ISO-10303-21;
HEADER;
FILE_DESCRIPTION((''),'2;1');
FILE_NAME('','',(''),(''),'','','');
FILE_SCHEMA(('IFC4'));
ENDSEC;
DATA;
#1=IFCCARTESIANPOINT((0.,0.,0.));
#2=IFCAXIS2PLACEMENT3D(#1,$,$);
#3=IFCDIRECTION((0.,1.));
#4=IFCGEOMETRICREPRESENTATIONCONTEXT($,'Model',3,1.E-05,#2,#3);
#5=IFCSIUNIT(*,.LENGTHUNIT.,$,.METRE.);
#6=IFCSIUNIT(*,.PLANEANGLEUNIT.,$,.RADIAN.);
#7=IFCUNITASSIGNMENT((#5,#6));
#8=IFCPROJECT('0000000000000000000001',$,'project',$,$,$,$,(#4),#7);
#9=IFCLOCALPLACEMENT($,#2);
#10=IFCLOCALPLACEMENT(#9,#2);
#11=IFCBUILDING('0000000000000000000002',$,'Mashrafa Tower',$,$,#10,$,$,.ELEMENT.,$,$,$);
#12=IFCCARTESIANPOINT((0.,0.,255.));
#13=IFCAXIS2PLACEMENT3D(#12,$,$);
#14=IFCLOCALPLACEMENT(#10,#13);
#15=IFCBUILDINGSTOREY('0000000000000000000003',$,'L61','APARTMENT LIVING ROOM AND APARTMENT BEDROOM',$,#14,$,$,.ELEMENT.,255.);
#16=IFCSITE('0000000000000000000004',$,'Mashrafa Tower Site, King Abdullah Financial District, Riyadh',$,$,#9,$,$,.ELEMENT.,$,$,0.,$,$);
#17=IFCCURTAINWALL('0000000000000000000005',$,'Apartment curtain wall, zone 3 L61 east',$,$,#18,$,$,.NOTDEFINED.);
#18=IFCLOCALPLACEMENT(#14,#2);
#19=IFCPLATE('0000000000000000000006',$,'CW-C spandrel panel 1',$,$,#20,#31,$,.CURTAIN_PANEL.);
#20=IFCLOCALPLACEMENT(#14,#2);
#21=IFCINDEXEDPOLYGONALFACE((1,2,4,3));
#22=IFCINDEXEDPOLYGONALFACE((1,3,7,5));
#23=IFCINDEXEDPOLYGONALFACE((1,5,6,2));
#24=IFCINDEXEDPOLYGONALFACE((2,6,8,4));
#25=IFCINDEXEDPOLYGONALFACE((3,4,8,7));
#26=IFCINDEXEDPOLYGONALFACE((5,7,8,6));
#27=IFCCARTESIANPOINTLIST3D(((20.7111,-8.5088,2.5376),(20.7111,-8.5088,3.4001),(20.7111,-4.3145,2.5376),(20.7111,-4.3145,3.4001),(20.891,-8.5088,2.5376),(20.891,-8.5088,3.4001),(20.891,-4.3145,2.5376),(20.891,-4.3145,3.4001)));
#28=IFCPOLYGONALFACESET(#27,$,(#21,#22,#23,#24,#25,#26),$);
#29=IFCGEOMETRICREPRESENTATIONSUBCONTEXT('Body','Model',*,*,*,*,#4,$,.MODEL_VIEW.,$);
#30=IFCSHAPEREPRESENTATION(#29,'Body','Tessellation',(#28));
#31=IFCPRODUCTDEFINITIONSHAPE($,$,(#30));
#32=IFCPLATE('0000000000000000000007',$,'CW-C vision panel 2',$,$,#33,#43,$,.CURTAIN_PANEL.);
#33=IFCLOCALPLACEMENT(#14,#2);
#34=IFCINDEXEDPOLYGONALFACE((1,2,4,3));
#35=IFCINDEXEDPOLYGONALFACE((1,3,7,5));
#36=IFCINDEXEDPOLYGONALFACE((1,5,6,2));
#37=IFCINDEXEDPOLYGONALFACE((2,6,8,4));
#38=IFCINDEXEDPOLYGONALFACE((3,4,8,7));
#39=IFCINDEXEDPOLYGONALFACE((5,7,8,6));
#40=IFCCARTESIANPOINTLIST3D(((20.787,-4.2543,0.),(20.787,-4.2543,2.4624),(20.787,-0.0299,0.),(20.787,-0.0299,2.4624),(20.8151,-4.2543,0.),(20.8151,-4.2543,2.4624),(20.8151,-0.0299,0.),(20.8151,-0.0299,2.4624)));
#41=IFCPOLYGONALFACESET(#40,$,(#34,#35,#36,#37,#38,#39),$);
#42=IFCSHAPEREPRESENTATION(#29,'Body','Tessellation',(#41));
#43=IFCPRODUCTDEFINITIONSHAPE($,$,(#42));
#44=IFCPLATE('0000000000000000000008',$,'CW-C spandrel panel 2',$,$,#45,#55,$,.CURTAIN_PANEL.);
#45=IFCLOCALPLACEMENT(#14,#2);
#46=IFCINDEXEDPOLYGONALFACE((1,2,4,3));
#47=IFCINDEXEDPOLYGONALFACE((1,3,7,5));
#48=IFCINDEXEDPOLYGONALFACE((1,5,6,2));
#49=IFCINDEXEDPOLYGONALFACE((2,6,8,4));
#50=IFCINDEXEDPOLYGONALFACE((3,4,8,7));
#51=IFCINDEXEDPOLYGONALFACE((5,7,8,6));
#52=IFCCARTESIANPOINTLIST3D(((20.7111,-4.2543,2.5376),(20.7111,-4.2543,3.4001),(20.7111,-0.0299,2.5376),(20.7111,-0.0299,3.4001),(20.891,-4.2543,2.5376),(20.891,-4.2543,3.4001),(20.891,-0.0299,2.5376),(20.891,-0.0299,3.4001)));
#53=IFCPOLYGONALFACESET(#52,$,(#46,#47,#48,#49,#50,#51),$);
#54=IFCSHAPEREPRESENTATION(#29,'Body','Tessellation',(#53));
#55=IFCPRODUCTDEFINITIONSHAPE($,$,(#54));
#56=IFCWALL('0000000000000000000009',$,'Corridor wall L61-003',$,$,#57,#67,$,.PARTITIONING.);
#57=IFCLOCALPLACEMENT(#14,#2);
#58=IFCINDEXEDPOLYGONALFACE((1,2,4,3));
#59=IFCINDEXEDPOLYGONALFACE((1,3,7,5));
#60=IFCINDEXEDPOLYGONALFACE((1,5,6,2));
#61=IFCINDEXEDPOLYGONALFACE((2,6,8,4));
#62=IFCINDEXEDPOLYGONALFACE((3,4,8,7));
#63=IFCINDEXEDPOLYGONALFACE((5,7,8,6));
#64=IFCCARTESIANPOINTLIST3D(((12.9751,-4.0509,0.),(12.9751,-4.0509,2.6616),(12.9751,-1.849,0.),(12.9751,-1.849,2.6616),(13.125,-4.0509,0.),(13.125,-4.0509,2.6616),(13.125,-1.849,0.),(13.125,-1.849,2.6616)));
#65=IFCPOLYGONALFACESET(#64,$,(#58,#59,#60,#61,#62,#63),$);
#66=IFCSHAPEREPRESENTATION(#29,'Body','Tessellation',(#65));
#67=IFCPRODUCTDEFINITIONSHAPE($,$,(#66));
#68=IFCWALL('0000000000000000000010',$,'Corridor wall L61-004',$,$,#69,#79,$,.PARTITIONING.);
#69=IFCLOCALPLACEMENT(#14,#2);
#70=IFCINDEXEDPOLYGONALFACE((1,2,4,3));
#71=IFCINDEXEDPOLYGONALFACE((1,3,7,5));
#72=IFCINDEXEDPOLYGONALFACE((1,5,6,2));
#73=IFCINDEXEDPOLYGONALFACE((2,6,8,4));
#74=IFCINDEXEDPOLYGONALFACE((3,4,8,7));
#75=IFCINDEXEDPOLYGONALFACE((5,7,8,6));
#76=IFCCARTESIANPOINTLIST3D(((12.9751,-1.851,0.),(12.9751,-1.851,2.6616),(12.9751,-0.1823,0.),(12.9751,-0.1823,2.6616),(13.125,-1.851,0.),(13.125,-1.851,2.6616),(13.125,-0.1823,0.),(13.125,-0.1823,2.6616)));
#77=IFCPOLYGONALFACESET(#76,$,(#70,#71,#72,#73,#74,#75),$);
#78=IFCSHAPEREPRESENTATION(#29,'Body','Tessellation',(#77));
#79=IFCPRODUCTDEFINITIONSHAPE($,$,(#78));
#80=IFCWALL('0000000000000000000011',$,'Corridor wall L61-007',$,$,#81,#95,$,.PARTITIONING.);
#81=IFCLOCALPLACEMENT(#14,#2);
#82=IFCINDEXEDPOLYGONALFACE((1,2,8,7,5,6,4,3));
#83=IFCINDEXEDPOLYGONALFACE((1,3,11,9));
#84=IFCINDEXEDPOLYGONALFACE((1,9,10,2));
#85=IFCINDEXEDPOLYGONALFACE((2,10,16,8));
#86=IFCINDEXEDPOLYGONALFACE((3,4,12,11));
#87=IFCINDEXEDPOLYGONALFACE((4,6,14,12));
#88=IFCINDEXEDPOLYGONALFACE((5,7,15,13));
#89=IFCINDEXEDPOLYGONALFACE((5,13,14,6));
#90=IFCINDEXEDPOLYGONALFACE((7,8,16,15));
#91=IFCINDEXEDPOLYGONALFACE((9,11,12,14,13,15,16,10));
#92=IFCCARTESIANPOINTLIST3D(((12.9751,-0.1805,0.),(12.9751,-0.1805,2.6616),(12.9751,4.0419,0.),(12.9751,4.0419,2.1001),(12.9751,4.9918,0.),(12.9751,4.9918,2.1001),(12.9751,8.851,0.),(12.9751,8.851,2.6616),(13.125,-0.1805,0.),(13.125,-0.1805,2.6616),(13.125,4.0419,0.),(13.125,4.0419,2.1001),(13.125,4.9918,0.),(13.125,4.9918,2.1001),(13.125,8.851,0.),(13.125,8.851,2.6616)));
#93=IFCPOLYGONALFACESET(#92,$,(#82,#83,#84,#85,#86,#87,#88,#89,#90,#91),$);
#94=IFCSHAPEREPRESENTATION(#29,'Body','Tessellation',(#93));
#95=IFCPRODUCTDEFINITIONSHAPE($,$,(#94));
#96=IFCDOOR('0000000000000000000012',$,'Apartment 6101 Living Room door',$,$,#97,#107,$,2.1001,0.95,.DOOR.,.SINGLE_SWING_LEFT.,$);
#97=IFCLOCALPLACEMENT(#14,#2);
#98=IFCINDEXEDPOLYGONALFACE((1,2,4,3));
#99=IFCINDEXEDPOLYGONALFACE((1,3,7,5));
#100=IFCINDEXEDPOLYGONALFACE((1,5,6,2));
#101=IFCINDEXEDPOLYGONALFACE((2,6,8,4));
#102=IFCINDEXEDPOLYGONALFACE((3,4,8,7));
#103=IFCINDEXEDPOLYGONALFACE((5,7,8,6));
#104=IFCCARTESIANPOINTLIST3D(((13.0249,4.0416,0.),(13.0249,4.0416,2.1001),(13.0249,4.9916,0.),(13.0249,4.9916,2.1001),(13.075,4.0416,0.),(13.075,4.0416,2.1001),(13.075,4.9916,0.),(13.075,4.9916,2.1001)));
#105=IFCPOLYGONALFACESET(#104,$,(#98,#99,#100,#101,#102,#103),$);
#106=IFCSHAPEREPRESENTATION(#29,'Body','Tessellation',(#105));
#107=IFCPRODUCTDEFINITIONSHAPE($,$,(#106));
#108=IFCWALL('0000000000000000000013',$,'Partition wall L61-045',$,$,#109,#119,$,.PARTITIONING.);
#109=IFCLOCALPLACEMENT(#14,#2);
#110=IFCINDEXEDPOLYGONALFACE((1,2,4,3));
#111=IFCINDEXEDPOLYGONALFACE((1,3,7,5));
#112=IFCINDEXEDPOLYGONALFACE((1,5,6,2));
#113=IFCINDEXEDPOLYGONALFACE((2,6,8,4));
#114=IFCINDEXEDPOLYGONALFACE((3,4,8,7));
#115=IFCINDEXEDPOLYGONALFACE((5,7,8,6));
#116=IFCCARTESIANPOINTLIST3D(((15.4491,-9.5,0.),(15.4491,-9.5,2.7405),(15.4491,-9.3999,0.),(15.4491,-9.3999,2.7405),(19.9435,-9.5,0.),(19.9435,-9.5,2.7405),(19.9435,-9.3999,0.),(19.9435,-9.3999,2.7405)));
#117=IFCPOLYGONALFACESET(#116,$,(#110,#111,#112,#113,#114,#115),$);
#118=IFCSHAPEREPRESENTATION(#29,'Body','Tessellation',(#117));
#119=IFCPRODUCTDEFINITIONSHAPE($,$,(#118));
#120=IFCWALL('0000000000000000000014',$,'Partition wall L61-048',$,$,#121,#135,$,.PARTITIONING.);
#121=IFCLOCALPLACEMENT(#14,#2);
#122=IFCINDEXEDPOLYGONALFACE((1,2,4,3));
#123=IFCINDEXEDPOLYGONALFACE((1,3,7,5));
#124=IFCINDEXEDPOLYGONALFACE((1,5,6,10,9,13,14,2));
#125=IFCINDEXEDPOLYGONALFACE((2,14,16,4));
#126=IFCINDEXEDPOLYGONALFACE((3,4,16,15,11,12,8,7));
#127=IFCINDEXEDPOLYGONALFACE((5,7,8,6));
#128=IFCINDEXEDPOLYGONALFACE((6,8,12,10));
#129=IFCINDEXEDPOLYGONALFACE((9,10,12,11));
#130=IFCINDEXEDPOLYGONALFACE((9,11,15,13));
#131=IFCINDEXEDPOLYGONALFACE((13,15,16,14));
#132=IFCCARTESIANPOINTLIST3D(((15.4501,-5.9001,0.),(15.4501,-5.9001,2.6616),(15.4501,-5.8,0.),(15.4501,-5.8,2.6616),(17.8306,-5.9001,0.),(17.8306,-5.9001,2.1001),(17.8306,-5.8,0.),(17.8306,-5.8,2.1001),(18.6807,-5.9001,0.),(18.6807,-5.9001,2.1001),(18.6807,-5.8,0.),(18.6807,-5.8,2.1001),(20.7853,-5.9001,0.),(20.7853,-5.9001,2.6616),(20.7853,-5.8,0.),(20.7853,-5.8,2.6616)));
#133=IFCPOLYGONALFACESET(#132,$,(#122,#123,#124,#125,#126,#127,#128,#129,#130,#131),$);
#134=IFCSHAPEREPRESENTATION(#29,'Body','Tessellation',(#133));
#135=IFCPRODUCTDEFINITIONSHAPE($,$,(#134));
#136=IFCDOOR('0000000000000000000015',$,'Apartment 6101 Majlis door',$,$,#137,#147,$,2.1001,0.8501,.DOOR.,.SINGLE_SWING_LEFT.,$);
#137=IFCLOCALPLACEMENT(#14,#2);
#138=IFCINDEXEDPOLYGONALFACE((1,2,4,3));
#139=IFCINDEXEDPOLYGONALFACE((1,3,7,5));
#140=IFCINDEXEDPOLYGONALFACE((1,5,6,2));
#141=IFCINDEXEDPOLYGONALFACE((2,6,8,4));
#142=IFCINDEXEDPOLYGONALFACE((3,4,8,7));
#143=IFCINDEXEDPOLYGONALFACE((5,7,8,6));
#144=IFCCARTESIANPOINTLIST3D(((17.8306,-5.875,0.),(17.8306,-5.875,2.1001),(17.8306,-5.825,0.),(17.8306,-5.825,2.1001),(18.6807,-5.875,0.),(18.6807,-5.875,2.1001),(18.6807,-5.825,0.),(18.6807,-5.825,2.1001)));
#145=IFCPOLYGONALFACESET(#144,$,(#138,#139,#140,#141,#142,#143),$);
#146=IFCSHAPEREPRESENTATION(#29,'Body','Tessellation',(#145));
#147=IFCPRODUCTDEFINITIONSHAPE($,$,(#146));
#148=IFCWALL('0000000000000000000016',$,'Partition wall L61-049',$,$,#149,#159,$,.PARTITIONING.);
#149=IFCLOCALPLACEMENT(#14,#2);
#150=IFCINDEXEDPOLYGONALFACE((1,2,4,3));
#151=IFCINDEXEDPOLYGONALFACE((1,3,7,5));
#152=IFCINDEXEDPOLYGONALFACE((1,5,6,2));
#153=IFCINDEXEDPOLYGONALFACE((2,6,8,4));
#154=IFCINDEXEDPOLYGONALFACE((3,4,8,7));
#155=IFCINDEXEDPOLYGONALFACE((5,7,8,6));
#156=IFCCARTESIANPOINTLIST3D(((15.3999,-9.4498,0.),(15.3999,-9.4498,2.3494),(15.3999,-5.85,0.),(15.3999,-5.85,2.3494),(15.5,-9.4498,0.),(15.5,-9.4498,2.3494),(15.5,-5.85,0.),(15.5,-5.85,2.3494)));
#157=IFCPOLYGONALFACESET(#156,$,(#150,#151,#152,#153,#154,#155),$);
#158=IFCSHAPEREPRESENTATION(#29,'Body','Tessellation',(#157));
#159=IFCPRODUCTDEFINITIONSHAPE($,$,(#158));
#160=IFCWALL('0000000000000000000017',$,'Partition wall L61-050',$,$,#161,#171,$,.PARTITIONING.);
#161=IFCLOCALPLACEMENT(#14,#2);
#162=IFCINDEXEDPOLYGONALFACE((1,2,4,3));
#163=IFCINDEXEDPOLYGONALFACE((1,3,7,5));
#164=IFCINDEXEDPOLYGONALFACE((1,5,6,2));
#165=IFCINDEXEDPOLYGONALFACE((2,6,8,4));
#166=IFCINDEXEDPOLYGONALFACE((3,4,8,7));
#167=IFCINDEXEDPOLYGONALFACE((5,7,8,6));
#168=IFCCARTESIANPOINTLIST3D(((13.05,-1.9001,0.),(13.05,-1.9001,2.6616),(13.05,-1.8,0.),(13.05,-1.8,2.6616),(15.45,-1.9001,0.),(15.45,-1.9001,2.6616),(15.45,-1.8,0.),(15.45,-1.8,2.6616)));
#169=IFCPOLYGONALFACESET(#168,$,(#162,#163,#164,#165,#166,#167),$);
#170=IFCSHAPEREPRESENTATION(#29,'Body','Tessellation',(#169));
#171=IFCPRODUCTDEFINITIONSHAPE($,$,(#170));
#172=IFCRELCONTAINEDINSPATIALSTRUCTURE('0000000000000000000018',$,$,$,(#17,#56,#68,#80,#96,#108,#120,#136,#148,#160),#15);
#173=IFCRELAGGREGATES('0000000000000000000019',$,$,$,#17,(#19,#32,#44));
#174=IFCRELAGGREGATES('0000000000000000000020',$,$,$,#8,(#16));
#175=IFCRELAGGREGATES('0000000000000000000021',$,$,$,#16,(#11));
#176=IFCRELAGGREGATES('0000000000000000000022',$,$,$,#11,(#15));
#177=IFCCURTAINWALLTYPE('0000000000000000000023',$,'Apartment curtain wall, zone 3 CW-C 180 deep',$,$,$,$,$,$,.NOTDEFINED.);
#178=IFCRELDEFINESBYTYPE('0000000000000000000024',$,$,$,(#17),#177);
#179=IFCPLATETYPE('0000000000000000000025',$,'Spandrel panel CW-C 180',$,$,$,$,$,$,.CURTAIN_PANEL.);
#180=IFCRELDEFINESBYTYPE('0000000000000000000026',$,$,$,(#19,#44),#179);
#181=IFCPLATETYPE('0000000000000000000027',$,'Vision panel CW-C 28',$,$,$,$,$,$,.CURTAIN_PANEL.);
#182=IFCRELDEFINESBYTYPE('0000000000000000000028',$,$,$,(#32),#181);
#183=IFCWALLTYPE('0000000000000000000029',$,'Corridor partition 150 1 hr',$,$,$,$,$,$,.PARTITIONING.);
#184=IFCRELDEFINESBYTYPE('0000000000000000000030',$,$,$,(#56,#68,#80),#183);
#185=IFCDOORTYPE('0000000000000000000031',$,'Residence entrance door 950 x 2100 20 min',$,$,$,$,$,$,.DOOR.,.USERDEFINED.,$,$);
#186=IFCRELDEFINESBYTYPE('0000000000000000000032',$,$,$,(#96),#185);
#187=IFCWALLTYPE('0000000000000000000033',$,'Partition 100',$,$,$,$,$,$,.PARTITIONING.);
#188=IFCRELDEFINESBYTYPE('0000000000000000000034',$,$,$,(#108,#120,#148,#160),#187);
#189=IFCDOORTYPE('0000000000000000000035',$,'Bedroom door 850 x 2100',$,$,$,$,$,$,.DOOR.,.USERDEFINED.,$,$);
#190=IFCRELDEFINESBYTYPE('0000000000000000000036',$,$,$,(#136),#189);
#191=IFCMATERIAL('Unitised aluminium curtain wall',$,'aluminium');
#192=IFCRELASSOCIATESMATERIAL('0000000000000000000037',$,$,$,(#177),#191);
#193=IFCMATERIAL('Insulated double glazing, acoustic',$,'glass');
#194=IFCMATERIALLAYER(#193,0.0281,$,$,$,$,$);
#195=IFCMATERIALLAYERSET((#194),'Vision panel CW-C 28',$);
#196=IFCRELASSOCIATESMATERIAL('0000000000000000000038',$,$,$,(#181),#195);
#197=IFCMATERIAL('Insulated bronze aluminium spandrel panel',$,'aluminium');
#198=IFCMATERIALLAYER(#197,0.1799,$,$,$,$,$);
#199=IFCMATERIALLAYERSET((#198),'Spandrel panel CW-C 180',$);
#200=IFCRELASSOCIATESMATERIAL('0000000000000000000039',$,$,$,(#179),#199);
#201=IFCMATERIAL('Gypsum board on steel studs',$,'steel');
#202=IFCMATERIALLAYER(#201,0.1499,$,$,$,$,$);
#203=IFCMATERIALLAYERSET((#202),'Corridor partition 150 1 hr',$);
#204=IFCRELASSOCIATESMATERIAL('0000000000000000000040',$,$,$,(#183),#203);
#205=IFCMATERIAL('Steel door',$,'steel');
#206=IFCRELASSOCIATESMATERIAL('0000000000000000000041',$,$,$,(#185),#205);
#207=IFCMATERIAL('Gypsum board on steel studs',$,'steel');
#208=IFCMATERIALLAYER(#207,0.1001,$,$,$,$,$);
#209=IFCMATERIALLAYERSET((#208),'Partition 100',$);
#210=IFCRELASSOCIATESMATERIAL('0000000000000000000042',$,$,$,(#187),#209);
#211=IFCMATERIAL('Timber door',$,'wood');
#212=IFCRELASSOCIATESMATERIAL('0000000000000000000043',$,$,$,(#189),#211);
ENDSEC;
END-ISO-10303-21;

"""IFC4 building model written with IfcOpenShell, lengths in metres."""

from ifc_helpers import new_model, si_unit, direction, frame, frame_2d, origin, origin_2d, place, context, subcontext, project, spatial, rectangle, extrude, source, transform, mapped, material, layer, layer_set, type_object, type_shapes, element, fill, aggregate, save


model = new_model("IFC4")

# Units and contexts
model_context = context("Model", 3, precision=1e-05, world=origin(), true_north=direction((0.0, 1.0)))
body_context = subcontext(model_context, "Body", "Model", "MODEL_VIEW")
ifc_project = project(units=[si_unit("LENGTHUNIT", "METRE"), si_unit("PLANEANGLEUNIT", "RADIAN")], contexts=[model_context])

# Site, building, storey
site_placement = place(None, origin())
site = spatial("IfcSite", under=ifc_project, at=site_placement, Name="Mashrafa Tower Site, King Abdullah Financial District, Riyadh", CompositionType="ELEMENT", RefElevation=0.0)
building_placement = place(site_placement, origin())
building = spatial("IfcBuilding", under=site, at=building_placement, Name="Mashrafa Tower", CompositionType="ELEMENT")
storey_placement = place(building_placement, frame((0.0, 0.0, 255.0)))
storey = spatial("IfcBuildingStorey", under=building, at=storey_placement, Name="L61", Description="APARTMENT LIVING ROOM AND APARTMENT BEDROOM", CompositionType="ELEMENT", Elevation=255.0)

# Curtain wall
ifc_material_1 = material(Name="Unitised aluminium curtain wall", Category="aluminium")
curtain_wall_type = type_object("IfcCurtainWallType", Name="Apartment curtain wall, zone 3 CW-C 180 deep", PredefinedType="NOTDEFINED", material=ifc_material_1)
curtain_wall_1_placement = place(storey_placement, origin())
curtain_wall_1 = element("IfcCurtainWall", 1, at=curtain_wall_1_placement, inside=storey, type_object=curtain_wall_type, Name="Apartment curtain wall, zone 3 L61 east", PredefinedType="NOTDEFINED")

# Plates
ifc_material_2 = material(Name="Insulated double glazing, acoustic", Category="glass")
ifc_layer_1 = layer(ifc_material_2, 0.0281)
ifc_layer_set_1 = layer_set([ifc_layer_1], Name="Vision panel CW-C 28")
plate_type_1 = type_object("IfcPlateType", Name="Vision panel CW-C 28", PredefinedType="CURTAIN_PANEL", material=ifc_layer_set_1)
ifc_material_3 = material(Name="Insulated bronze aluminium spandrel panel", Category="aluminium")
ifc_layer_2 = layer(ifc_material_3, 0.1799)
ifc_layer_set_2 = layer_set([ifc_layer_2], Name="Spandrel panel CW-C 180")
plate_type_2 = type_object("IfcPlateType", Name="Spandrel panel CW-C 180", PredefinedType="CURTAIN_PANEL", material=ifc_layer_set_2)
shared_shape_1 = source(origin(), body_context, "Body", "SweptSolid", [
    extrude(rectangle(XDim=4.1943, YDim=0.1799, at=origin_2d()), origin(), (0.0, 0.0, 1.0), 0.8625),
])
plate_1_placement = place(storey_placement, frame((20.801, -6.4116, 2.5376), z_axis=(0.0, 0.0, 1.0), x_axis=(0.0, 1.0, 0.0)))
plate_1 = element("IfcPlate", 2, at=plate_1_placement, type_object=plate_type_2, Name="CW-C spandrel panel 1", PredefinedType="CURTAIN_PANEL", context=body_context, shape_type="MappedRepresentation", body=[
    mapped(shared_shape_1, transform((0.0, 0.0, 0.0))),
])
shared_shape_2 = source(origin(), body_context, "Body", "SweptSolid", [
    extrude(rectangle(XDim=4.2244, YDim=0.0281, at=origin_2d()), origin(), (0.0, 0.0, 1.0), 2.4624),
])
plate_2_placement = place(storey_placement, frame((20.801, -2.1421, 0.0), z_axis=(0.0, 0.0, 1.0), x_axis=(0.0, 1.0, 0.0)))
plate_2 = element("IfcPlate", 3, at=plate_2_placement, type_object=plate_type_1, Name="CW-C vision panel 2", PredefinedType="CURTAIN_PANEL", context=body_context, shape_type="MappedRepresentation", body=[
    mapped(shared_shape_2, transform((0.0, 0.0, 0.0))),
])
shared_shape_3 = source(origin(), body_context, "Body", "SweptSolid", [
    extrude(rectangle(XDim=4.2244, YDim=0.1799, at=origin_2d()), origin(), (0.0, 0.0, 1.0), 0.8625),
])
type_shapes(plate_type_2, [shared_shape_1, shared_shape_3])
plate_3_placement = place(storey_placement, frame((20.801, -2.1421, 2.5376), z_axis=(0.0, 0.0, 1.0), x_axis=(0.0, 1.0, 0.0)))
plate_3 = element("IfcPlate", 4, at=plate_3_placement, type_object=plate_type_2, Name="CW-C spandrel panel 2", PredefinedType="CURTAIN_PANEL", context=body_context, shape_type="MappedRepresentation", body=[
    mapped(shared_shape_3, transform((0.0, 0.0, 0.0))),
])
aggregate(curtain_wall_1, [plate_1, plate_2, plate_3])

# Walls
ifc_material_4 = material(Name="Gypsum board on steel studs", Category="steel")
ifc_layer_3 = layer(ifc_material_4, 0.1499)
ifc_layer_set_3 = layer_set([ifc_layer_3], Name="Corridor partition 150 1 hr")
wall_type_1 = type_object("IfcWallType", Name="Corridor partition 150 1 hr", PredefinedType="PARTITIONING", material=ifc_layer_set_3)
wall_1_placement = place(storey_placement, frame((13.05, -4.051, 0.0), z_axis=(0.0, 0.0, 1.0), x_axis=(0.0, 1.0, 0.0)))
element("IfcWall", 5, at=wall_1_placement, inside=storey, type_object=wall_type_1, Name="Corridor wall L61-003", PredefinedType="PARTITIONING", context=body_context, shape_type="SweptSolid", body=[
    extrude(rectangle(XDim=2.2019, YDim=0.1499, at=frame_2d((1.1011, 0.0))), origin(), (0.0, 0.0, 1.0), 2.6616),
])
wall_2_placement = place(storey_placement, frame((13.05, -1.8511, 0.0), z_axis=(0.0, 0.0, 1.0), x_axis=(0.0, 1.0, 0.0)))
element("IfcWall", 6, at=wall_2_placement, inside=storey, type_object=wall_type_1, Name="Corridor wall L61-004", PredefinedType="PARTITIONING", context=body_context, shape_type="SweptSolid", body=[
    extrude(rectangle(XDim=1.6687, YDim=0.1499, at=frame_2d((0.8345, 0.0))), origin(), (0.0, 0.0, 1.0), 2.6616),
])

# Wall, opening, door
wall_3_placement = place(storey_placement, frame((13.05, -0.1804, 0.0), z_axis=(0.0, 0.0, 1.0), x_axis=(0.0, 1.0, 0.0)))
wall_3 = element("IfcWall", 7, at=wall_3_placement, inside=storey, type_object=wall_type_1, Name="Corridor wall L61-007", PredefinedType="PARTITIONING", context=body_context, shape_type="SweptSolid", body=[
    extrude(rectangle(XDim=9.0315, YDim=0.1499, at=frame_2d((4.5156, 0.0))), origin(), (0.0, 0.0, 1.0), 2.6616),
])
opening_1_placement = place(wall_3_placement, frame((4.2222, 0.0, 0.0)))
opening_1 = element("IfcOpeningElement", 8, at=opening_1_placement, cuts=wall_3, PredefinedType="OPENING", context=body_context, shape_type="SweptSolid", body=[
    extrude(rectangle(XDim=0.95, YDim=2.1001, at=frame_2d((0.4751, 1.05))), frame((0.0, 0.085, 0.0), z_axis=(0.0, -1.0, 0.0), x_axis=(1.0, 0.0, 0.0)), (0.0, 0.0, 1.0), 0.1699),
])
ifc_material_5 = material(Name="Steel door", Category="steel")
door_type_1 = type_object("IfcDoorType", Name="Residence entrance door 950 x 2100 20 min", OperationType="USERDEFINED", PredefinedType="DOOR", material=ifc_material_5)
door_1_placement = place(opening_1_placement, frame((0.95, 0.0, 0.0), z_axis=(0.0, 0.0, 1.0), x_axis=(-1.0, 0.0, 0.0)))
door_1 = element("IfcDoor", 9, at=door_1_placement, inside=storey, type_object=door_type_1, Name="Apartment 6101 Living Room door", OperationType="SINGLE_SWING_LEFT", OverallHeight=2.1001, OverallWidth=0.95, PredefinedType="DOOR", context=body_context, shape_type="SweptSolid", body=[
    extrude(rectangle(XDim=0.95, YDim=2.1001, at=frame_2d((0.4751, 1.05))), frame((0.0, 0.0249, 0.0), z_axis=(0.0, -1.0, 0.0), x_axis=(1.0, 0.0, 0.0)), (0.0, 0.0, 1.0), 0.05),
])
fill(opening_1, door_1)

# Wall
ifc_material_6 = material(Name="Gypsum board on steel studs", Category="steel")
ifc_layer_4 = layer(ifc_material_6, 0.1001)
ifc_layer_set_4 = layer_set([ifc_layer_4], Name="Partition 100")
wall_type_2 = type_object("IfcWallType", Name="Partition 100", PredefinedType="PARTITIONING", material=ifc_layer_set_4)
wall_4_placement = place(storey_placement, frame((19.9434, -9.45, 0.0), z_axis=(0.0, 0.0, 1.0), x_axis=(-1.0, 0.0, 0.0)))
element("IfcWall", 10, at=wall_4_placement, inside=storey, type_object=wall_type_2, Name="Partition wall L61-045", PredefinedType="PARTITIONING", context=body_context, shape_type="SweptSolid", body=[
    extrude(rectangle(XDim=4.4944, YDim=0.1001, at=frame_2d((2.2471, 0.0))), origin(), (0.0, 0.0, 1.0), 2.7405),
])

# Wall, opening, door
wall_5_placement = place(storey_placement, frame((20.7852, -5.8501, 0.0), z_axis=(0.0, 0.0, 1.0), x_axis=(-1.0, 0.0, 0.0)))
wall_5 = element("IfcWall", 11, at=wall_5_placement, inside=storey, type_object=wall_type_2, Name="Partition wall L61-048", PredefinedType="PARTITIONING", context=body_context, shape_type="SweptSolid", body=[
    extrude(rectangle(XDim=5.3352, YDim=0.1001, at=frame_2d((2.6675, 0.0))), origin(), (0.0, 0.0, 1.0), 2.6616),
])
opening_2_placement = place(wall_5_placement, frame((2.1045, 0.0, 0.0)))
opening_2 = element("IfcOpeningElement", 12, at=opening_2_placement, cuts=wall_5, PredefinedType="OPENING", context=body_context, shape_type="SweptSolid", body=[
    extrude(rectangle(XDim=0.8501, YDim=2.1001, at=frame_2d((0.425, 1.05))), frame((0.0, 0.0601, 0.0), z_axis=(0.0, -1.0, 0.0), x_axis=(1.0, 0.0, 0.0)), (0.0, 0.0, 1.0), 0.1201),
])
ifc_material_7 = material(Name="Timber door", Category="wood")
door_type_2 = type_object("IfcDoorType", Name="Bedroom door 850 x 2100", OperationType="USERDEFINED", PredefinedType="DOOR", material=ifc_material_7)
door_2_placement = place(opening_2_placement, origin())
door_2 = element("IfcDoor", 13, at=door_2_placement, inside=storey, type_object=door_type_2, Name="Apartment 6101 Majlis door", OperationType="SINGLE_SWING_LEFT", OverallHeight=2.1001, OverallWidth=0.8501, PredefinedType="DOOR", context=body_context, shape_type="SweptSolid", body=[
    extrude(rectangle(XDim=0.8501, YDim=2.1001, at=frame_2d((0.425, 1.05))), frame((0.0, 0.0249, 0.0), z_axis=(0.0, -1.0, 0.0), x_axis=(1.0, 0.0, 0.0)), (0.0, 0.0, 1.0), 0.05),
])
fill(opening_2, door_2)

# Walls
wall_6_placement = place(storey_placement, frame((15.45, -5.8501, 0.0), z_axis=(0.0, 0.0, 1.0), x_axis=(0.0, -1.0, 0.0)))
element("IfcWall", 14, at=wall_6_placement, inside=storey, type_object=wall_type_2, Name="Partition wall L61-049", PredefinedType="PARTITIONING", context=body_context, shape_type="SweptSolid", body=[
    extrude(rectangle(XDim=3.5999, YDim=0.1001, at=frame_2d((1.7998, 0.0))), origin(), (0.0, 0.0, 1.0), 2.3494),
])
wall_7_placement = place(storey_placement, frame((15.45, -1.8501, 0.0), z_axis=(0.0, 0.0, 1.0), x_axis=(-1.0, 0.0, 0.0)))
element("IfcWall", 15, at=wall_7_placement, inside=storey, type_object=wall_type_2, Name="Partition wall L61-050", PredefinedType="PARTITIONING", context=body_context, shape_type="SweptSolid", body=[
    extrude(rectangle(XDim=2.3999, YDim=0.1001, at=frame_2d((1.2, 0.0))), origin(), (0.0, 0.0, 1.0), 2.6616),
])

save(model, "model.ifc")
